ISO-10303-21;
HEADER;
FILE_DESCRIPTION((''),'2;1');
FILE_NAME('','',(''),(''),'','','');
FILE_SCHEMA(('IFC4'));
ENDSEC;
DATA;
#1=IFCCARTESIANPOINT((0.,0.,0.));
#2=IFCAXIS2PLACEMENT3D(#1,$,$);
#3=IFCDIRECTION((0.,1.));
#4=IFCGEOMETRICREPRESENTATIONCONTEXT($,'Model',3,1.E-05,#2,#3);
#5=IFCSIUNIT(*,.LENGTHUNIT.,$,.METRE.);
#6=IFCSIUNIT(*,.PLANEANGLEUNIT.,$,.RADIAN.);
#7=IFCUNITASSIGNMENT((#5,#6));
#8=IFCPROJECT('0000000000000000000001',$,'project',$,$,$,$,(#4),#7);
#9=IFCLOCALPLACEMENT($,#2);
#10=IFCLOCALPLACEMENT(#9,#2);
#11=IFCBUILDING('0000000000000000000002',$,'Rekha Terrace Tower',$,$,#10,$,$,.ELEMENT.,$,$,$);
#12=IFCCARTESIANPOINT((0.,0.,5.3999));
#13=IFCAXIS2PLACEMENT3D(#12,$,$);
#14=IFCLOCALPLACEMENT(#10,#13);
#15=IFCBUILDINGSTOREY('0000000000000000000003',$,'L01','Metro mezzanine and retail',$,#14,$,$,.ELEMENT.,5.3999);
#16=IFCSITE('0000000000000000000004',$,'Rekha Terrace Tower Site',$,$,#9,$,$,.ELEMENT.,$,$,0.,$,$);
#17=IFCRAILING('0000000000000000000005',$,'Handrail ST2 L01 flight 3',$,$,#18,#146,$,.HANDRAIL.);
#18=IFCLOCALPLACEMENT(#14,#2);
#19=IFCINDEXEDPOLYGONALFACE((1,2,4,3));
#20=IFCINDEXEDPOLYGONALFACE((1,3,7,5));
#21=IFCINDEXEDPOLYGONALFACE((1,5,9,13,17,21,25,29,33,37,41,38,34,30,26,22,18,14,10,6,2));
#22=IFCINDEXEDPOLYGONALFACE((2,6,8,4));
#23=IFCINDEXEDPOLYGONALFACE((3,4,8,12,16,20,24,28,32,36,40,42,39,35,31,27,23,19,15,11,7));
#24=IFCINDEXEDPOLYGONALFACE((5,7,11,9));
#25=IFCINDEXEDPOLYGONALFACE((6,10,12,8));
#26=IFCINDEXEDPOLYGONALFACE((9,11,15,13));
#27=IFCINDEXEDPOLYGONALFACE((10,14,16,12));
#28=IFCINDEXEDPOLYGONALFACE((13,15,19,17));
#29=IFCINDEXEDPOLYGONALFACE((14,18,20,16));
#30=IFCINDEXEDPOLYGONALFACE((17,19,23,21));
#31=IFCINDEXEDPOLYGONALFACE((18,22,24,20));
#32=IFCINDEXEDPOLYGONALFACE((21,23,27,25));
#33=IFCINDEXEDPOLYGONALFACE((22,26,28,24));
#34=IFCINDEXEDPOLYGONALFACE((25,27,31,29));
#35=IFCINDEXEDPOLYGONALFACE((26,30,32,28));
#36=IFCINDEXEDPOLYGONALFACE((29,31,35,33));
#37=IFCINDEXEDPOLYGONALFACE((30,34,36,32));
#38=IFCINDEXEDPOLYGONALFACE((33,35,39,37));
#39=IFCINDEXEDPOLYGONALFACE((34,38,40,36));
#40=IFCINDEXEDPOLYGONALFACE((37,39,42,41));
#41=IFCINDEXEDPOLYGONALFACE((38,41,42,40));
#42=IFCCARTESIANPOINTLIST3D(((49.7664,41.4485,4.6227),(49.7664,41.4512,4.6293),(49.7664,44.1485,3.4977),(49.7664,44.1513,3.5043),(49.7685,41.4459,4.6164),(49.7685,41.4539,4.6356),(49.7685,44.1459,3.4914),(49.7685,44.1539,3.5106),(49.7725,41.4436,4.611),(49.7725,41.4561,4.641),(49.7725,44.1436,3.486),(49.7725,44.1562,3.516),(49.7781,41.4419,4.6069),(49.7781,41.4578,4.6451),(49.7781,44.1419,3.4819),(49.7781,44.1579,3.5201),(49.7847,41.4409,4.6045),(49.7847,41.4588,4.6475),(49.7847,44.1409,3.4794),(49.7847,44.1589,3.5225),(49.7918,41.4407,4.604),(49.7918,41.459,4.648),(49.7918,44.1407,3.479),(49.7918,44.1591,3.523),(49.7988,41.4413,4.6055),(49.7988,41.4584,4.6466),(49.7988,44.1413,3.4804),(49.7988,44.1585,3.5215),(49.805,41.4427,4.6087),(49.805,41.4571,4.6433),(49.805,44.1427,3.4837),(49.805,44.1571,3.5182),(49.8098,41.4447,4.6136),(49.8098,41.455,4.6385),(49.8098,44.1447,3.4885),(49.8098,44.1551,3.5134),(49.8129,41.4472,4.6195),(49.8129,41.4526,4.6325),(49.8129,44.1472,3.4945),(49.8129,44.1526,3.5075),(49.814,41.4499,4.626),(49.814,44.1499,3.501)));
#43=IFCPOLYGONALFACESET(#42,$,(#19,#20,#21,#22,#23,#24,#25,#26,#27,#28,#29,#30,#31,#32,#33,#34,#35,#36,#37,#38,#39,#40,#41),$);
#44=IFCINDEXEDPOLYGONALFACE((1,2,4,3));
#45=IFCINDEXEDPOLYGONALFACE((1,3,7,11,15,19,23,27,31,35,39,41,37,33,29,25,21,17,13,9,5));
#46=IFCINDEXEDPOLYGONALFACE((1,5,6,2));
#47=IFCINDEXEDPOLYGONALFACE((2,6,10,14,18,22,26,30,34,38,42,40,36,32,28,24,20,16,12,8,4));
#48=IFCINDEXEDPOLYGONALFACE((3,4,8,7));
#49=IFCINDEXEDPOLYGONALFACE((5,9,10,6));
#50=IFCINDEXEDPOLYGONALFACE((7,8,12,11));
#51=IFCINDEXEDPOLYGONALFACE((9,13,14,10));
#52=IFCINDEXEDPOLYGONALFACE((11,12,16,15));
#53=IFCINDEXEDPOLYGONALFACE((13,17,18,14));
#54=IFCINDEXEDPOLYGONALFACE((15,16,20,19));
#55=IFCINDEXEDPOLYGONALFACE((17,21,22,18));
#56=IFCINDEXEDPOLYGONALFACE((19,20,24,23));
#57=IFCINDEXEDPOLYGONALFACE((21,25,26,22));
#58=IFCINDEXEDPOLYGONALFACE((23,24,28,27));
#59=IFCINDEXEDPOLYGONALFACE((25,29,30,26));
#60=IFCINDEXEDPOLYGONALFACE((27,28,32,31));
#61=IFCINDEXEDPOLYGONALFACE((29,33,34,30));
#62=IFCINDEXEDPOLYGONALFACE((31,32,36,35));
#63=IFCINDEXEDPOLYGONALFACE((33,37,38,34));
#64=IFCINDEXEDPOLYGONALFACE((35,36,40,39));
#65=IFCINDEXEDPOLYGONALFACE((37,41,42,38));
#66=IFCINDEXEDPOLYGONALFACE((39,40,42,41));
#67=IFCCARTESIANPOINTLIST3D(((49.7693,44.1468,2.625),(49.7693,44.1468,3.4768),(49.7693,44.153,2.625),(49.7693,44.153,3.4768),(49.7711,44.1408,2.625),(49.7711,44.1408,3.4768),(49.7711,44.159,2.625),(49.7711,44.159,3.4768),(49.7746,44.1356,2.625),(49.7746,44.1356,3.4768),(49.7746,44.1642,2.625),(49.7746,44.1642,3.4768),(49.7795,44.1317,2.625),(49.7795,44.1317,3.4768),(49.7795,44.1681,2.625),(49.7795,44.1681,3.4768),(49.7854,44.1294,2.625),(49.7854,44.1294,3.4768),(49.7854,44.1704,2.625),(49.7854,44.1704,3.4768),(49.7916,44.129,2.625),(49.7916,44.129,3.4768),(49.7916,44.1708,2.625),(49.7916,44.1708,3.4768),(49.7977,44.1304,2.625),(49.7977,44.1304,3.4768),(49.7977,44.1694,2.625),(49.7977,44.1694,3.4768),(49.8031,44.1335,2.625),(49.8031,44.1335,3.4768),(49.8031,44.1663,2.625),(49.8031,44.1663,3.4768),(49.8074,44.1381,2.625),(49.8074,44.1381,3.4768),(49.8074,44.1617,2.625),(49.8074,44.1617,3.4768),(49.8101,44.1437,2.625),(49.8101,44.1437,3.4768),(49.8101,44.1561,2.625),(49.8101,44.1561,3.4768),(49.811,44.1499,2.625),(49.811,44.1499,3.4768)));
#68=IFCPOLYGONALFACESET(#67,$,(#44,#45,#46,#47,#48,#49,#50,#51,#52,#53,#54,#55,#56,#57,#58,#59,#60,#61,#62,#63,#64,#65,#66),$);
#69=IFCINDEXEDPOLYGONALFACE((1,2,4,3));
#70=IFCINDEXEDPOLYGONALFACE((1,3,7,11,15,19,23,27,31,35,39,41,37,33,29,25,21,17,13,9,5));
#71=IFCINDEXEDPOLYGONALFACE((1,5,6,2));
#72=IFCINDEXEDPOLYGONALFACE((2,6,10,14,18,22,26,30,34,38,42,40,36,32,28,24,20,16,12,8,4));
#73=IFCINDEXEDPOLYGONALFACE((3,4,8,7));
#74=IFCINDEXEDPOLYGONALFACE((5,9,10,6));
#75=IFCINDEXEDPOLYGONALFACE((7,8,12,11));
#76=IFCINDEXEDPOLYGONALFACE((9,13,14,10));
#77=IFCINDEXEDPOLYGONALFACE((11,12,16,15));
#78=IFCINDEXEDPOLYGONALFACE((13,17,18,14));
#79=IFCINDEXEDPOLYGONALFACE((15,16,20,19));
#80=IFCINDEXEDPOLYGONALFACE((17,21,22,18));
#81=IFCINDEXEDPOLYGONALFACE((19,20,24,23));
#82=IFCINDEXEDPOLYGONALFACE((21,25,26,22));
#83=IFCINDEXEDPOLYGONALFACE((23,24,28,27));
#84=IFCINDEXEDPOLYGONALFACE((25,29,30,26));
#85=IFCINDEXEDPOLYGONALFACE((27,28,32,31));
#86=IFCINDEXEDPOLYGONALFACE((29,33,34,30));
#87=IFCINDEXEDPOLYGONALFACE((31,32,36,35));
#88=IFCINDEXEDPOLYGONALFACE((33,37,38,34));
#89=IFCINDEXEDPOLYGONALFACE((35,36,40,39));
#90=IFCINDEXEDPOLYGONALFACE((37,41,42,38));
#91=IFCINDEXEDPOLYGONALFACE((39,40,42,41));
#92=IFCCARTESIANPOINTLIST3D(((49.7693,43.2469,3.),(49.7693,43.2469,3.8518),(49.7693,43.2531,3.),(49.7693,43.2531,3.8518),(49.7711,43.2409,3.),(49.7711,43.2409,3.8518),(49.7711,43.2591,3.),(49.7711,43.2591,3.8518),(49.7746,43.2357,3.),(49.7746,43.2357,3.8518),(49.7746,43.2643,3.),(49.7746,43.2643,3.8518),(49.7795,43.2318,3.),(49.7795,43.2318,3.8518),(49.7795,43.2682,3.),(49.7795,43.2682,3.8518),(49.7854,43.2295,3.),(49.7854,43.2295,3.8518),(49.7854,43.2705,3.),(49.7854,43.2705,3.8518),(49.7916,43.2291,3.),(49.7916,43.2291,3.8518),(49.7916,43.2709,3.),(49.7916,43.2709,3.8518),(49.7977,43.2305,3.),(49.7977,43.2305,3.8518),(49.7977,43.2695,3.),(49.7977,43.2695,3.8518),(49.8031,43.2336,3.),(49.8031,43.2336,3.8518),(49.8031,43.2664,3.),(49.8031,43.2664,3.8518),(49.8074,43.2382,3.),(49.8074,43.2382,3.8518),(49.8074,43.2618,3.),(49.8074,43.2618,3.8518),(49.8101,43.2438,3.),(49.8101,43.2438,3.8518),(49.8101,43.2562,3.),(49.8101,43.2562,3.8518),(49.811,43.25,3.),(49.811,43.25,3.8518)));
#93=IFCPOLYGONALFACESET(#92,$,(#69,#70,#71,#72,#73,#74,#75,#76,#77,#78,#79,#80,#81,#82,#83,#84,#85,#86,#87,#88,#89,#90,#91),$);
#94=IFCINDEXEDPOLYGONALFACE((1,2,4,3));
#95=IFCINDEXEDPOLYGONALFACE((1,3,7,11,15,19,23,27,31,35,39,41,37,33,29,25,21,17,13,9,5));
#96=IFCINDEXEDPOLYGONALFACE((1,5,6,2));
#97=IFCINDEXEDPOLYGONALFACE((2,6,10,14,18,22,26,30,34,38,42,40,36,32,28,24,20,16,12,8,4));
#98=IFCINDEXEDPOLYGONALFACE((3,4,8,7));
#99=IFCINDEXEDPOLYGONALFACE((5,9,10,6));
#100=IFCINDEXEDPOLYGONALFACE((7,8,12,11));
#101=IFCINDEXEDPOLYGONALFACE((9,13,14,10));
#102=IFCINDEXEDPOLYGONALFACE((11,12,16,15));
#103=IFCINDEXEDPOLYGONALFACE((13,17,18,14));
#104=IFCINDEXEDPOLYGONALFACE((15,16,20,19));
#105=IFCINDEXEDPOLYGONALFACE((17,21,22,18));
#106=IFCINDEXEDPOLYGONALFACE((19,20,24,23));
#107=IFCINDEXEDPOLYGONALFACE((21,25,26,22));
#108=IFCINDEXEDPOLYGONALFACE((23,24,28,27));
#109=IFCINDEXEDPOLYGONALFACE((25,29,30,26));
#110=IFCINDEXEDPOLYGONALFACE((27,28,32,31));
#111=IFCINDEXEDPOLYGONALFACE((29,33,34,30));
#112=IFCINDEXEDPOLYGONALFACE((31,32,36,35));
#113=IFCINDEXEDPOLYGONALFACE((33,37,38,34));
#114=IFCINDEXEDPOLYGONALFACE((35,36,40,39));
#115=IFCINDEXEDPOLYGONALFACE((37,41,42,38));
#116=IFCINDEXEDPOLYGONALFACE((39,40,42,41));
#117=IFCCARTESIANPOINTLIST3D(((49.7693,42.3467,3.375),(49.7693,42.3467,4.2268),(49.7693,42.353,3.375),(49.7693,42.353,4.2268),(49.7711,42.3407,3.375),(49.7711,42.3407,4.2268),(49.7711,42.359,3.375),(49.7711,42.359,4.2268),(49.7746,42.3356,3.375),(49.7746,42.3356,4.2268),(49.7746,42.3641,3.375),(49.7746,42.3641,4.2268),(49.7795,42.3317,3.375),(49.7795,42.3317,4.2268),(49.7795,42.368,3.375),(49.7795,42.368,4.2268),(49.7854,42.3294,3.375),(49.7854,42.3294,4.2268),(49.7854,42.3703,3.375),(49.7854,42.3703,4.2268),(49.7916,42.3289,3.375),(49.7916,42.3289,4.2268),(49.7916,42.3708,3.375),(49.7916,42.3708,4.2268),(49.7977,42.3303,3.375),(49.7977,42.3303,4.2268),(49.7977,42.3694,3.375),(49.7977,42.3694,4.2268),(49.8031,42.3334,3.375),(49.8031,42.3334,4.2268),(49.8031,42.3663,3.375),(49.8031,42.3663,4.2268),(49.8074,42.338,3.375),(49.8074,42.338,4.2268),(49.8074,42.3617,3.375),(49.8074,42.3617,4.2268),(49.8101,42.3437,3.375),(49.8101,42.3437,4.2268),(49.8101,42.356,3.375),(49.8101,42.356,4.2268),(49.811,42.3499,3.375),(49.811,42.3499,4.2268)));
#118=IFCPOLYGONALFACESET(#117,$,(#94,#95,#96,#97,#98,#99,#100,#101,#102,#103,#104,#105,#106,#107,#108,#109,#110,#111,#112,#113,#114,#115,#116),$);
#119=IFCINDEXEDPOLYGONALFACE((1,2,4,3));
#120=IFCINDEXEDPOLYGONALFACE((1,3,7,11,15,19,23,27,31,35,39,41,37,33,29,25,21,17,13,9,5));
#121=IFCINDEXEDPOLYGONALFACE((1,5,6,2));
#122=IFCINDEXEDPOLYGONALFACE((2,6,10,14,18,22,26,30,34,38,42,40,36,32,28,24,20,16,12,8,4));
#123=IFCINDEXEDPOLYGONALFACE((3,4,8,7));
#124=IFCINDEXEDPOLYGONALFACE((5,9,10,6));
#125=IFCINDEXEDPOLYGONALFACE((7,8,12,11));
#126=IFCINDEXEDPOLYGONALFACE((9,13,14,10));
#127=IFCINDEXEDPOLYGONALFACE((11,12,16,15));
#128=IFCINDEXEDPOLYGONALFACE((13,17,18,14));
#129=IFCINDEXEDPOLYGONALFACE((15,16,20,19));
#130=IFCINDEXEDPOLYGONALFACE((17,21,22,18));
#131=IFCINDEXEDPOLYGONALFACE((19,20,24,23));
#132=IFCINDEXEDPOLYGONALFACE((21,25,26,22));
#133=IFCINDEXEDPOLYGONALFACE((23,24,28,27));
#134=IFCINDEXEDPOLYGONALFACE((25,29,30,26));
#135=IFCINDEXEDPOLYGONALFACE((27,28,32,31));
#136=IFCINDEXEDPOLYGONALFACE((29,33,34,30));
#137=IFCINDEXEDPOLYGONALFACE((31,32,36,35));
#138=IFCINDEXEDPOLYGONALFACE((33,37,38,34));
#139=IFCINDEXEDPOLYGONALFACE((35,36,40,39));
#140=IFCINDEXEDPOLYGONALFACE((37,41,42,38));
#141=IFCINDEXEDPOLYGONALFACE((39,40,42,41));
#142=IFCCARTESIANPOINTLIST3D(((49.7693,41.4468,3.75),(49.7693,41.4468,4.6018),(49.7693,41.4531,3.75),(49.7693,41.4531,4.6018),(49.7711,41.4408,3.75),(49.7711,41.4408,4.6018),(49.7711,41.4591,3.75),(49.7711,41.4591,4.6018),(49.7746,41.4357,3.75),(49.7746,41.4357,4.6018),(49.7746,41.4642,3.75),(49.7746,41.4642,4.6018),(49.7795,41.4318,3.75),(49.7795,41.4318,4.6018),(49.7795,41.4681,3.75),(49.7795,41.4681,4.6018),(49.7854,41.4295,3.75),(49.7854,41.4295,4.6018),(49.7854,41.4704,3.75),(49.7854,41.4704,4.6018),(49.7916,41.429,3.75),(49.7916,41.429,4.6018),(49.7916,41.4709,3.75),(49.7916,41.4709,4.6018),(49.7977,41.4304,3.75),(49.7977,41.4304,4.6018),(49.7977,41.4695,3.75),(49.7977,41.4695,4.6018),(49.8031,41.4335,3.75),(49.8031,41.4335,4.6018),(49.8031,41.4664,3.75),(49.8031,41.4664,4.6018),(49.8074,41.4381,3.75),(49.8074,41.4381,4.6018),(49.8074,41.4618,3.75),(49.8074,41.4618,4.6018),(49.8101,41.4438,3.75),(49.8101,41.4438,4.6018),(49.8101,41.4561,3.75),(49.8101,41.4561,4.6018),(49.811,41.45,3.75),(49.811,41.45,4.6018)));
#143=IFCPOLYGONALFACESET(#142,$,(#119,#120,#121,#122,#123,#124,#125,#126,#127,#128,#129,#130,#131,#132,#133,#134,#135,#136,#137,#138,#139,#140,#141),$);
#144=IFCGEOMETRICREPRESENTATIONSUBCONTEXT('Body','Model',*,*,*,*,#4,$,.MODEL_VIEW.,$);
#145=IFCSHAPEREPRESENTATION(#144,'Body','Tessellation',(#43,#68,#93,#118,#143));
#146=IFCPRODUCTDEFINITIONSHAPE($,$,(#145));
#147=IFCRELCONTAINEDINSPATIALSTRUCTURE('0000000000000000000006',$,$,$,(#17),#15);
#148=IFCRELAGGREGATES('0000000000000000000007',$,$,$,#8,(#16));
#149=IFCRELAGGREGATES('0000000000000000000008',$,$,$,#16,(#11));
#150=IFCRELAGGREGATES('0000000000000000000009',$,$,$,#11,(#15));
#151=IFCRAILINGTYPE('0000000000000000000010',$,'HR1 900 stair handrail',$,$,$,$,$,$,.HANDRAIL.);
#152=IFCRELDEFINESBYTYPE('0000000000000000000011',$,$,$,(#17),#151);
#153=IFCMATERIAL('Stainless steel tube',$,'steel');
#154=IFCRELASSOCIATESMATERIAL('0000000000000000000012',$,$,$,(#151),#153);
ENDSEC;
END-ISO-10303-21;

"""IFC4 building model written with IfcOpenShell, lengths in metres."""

from ifc_helpers import new_model, si_unit, direction, frame, origin, origin_2d, place, context, subcontext, project, spatial, circle, extrude, material, type_object, element, save


model = new_model("IFC4")

# Units and contexts
model_context = context("Model", 3, precision=1e-05, world=origin(), true_north=direction((0.0, 1.0)))
body_context = subcontext(model_context, "Body", "Model", "MODEL_VIEW")
ifc_project = project(units=[si_unit("LENGTHUNIT", "METRE"), si_unit("PLANEANGLEUNIT", "RADIAN")], contexts=[model_context])

# Site, building, storey
site_placement = place(None, origin())
site = spatial("IfcSite", under=ifc_project, at=site_placement, Name="Rekha Terrace Tower Site", CompositionType="ELEMENT", RefElevation=0.0)
building_placement = place(site_placement, origin())
building = spatial("IfcBuilding", under=site, at=building_placement, Name="Rekha Terrace Tower", CompositionType="ELEMENT")
storey_placement = place(building_placement, frame((0.0, 0.0, 5.3999)))
storey = spatial("IfcBuildingStorey", under=building, at=storey_placement, Name="L01", Description="Metro mezzanine and retail", CompositionType="ELEMENT", Elevation=5.3999)

# Railing
ifc_material_1 = material(Name="Stainless steel tube", Category="steel")
railing_type_1 = type_object("IfcRailingType", Name="HR1 900 stair handrail", PredefinedType="HANDRAIL", material=ifc_material_1)
railing_1_placement = place(storey_placement, frame((49.79, 44.1499, 2.625)))
element("IfcRailing", 1, at=railing_1_placement, inside=storey, type_object=railing_type_1, Name="Handrail ST2 L01 flight 3", PredefinedType="HANDRAIL", context=body_context, shape_type="SweptSolid", body=[
    extrude(circle(Radius=0.0239, at=origin_2d()), frame((0.0, 0.0, 0.876), z_axis=(0.0, -0.923074, 0.384621), x_axis=(1.0, 0.0, 0.0)), (0.0, 0.0, 1.0), 2.925),
    extrude(circle(Radius=0.021, at=origin_2d()), origin(), (0.0, 0.0, 1.0), 0.8518),
    extrude(circle(Radius=0.021, at=origin_2d()), frame((0.0, -0.8999, 0.375)), (0.0, 0.0, 1.0), 0.8518),
    extrude(circle(Radius=0.021, at=origin_2d()), frame((0.0, -1.8, 0.75)), (0.0, 0.0, 1.0), 0.8518),
    extrude(circle(Radius=0.021, at=origin_2d()), frame((0.0, -2.7, 1.125)), (0.0, 0.0, 1.0), 0.8518),
])

save(model, "model.ifc")
